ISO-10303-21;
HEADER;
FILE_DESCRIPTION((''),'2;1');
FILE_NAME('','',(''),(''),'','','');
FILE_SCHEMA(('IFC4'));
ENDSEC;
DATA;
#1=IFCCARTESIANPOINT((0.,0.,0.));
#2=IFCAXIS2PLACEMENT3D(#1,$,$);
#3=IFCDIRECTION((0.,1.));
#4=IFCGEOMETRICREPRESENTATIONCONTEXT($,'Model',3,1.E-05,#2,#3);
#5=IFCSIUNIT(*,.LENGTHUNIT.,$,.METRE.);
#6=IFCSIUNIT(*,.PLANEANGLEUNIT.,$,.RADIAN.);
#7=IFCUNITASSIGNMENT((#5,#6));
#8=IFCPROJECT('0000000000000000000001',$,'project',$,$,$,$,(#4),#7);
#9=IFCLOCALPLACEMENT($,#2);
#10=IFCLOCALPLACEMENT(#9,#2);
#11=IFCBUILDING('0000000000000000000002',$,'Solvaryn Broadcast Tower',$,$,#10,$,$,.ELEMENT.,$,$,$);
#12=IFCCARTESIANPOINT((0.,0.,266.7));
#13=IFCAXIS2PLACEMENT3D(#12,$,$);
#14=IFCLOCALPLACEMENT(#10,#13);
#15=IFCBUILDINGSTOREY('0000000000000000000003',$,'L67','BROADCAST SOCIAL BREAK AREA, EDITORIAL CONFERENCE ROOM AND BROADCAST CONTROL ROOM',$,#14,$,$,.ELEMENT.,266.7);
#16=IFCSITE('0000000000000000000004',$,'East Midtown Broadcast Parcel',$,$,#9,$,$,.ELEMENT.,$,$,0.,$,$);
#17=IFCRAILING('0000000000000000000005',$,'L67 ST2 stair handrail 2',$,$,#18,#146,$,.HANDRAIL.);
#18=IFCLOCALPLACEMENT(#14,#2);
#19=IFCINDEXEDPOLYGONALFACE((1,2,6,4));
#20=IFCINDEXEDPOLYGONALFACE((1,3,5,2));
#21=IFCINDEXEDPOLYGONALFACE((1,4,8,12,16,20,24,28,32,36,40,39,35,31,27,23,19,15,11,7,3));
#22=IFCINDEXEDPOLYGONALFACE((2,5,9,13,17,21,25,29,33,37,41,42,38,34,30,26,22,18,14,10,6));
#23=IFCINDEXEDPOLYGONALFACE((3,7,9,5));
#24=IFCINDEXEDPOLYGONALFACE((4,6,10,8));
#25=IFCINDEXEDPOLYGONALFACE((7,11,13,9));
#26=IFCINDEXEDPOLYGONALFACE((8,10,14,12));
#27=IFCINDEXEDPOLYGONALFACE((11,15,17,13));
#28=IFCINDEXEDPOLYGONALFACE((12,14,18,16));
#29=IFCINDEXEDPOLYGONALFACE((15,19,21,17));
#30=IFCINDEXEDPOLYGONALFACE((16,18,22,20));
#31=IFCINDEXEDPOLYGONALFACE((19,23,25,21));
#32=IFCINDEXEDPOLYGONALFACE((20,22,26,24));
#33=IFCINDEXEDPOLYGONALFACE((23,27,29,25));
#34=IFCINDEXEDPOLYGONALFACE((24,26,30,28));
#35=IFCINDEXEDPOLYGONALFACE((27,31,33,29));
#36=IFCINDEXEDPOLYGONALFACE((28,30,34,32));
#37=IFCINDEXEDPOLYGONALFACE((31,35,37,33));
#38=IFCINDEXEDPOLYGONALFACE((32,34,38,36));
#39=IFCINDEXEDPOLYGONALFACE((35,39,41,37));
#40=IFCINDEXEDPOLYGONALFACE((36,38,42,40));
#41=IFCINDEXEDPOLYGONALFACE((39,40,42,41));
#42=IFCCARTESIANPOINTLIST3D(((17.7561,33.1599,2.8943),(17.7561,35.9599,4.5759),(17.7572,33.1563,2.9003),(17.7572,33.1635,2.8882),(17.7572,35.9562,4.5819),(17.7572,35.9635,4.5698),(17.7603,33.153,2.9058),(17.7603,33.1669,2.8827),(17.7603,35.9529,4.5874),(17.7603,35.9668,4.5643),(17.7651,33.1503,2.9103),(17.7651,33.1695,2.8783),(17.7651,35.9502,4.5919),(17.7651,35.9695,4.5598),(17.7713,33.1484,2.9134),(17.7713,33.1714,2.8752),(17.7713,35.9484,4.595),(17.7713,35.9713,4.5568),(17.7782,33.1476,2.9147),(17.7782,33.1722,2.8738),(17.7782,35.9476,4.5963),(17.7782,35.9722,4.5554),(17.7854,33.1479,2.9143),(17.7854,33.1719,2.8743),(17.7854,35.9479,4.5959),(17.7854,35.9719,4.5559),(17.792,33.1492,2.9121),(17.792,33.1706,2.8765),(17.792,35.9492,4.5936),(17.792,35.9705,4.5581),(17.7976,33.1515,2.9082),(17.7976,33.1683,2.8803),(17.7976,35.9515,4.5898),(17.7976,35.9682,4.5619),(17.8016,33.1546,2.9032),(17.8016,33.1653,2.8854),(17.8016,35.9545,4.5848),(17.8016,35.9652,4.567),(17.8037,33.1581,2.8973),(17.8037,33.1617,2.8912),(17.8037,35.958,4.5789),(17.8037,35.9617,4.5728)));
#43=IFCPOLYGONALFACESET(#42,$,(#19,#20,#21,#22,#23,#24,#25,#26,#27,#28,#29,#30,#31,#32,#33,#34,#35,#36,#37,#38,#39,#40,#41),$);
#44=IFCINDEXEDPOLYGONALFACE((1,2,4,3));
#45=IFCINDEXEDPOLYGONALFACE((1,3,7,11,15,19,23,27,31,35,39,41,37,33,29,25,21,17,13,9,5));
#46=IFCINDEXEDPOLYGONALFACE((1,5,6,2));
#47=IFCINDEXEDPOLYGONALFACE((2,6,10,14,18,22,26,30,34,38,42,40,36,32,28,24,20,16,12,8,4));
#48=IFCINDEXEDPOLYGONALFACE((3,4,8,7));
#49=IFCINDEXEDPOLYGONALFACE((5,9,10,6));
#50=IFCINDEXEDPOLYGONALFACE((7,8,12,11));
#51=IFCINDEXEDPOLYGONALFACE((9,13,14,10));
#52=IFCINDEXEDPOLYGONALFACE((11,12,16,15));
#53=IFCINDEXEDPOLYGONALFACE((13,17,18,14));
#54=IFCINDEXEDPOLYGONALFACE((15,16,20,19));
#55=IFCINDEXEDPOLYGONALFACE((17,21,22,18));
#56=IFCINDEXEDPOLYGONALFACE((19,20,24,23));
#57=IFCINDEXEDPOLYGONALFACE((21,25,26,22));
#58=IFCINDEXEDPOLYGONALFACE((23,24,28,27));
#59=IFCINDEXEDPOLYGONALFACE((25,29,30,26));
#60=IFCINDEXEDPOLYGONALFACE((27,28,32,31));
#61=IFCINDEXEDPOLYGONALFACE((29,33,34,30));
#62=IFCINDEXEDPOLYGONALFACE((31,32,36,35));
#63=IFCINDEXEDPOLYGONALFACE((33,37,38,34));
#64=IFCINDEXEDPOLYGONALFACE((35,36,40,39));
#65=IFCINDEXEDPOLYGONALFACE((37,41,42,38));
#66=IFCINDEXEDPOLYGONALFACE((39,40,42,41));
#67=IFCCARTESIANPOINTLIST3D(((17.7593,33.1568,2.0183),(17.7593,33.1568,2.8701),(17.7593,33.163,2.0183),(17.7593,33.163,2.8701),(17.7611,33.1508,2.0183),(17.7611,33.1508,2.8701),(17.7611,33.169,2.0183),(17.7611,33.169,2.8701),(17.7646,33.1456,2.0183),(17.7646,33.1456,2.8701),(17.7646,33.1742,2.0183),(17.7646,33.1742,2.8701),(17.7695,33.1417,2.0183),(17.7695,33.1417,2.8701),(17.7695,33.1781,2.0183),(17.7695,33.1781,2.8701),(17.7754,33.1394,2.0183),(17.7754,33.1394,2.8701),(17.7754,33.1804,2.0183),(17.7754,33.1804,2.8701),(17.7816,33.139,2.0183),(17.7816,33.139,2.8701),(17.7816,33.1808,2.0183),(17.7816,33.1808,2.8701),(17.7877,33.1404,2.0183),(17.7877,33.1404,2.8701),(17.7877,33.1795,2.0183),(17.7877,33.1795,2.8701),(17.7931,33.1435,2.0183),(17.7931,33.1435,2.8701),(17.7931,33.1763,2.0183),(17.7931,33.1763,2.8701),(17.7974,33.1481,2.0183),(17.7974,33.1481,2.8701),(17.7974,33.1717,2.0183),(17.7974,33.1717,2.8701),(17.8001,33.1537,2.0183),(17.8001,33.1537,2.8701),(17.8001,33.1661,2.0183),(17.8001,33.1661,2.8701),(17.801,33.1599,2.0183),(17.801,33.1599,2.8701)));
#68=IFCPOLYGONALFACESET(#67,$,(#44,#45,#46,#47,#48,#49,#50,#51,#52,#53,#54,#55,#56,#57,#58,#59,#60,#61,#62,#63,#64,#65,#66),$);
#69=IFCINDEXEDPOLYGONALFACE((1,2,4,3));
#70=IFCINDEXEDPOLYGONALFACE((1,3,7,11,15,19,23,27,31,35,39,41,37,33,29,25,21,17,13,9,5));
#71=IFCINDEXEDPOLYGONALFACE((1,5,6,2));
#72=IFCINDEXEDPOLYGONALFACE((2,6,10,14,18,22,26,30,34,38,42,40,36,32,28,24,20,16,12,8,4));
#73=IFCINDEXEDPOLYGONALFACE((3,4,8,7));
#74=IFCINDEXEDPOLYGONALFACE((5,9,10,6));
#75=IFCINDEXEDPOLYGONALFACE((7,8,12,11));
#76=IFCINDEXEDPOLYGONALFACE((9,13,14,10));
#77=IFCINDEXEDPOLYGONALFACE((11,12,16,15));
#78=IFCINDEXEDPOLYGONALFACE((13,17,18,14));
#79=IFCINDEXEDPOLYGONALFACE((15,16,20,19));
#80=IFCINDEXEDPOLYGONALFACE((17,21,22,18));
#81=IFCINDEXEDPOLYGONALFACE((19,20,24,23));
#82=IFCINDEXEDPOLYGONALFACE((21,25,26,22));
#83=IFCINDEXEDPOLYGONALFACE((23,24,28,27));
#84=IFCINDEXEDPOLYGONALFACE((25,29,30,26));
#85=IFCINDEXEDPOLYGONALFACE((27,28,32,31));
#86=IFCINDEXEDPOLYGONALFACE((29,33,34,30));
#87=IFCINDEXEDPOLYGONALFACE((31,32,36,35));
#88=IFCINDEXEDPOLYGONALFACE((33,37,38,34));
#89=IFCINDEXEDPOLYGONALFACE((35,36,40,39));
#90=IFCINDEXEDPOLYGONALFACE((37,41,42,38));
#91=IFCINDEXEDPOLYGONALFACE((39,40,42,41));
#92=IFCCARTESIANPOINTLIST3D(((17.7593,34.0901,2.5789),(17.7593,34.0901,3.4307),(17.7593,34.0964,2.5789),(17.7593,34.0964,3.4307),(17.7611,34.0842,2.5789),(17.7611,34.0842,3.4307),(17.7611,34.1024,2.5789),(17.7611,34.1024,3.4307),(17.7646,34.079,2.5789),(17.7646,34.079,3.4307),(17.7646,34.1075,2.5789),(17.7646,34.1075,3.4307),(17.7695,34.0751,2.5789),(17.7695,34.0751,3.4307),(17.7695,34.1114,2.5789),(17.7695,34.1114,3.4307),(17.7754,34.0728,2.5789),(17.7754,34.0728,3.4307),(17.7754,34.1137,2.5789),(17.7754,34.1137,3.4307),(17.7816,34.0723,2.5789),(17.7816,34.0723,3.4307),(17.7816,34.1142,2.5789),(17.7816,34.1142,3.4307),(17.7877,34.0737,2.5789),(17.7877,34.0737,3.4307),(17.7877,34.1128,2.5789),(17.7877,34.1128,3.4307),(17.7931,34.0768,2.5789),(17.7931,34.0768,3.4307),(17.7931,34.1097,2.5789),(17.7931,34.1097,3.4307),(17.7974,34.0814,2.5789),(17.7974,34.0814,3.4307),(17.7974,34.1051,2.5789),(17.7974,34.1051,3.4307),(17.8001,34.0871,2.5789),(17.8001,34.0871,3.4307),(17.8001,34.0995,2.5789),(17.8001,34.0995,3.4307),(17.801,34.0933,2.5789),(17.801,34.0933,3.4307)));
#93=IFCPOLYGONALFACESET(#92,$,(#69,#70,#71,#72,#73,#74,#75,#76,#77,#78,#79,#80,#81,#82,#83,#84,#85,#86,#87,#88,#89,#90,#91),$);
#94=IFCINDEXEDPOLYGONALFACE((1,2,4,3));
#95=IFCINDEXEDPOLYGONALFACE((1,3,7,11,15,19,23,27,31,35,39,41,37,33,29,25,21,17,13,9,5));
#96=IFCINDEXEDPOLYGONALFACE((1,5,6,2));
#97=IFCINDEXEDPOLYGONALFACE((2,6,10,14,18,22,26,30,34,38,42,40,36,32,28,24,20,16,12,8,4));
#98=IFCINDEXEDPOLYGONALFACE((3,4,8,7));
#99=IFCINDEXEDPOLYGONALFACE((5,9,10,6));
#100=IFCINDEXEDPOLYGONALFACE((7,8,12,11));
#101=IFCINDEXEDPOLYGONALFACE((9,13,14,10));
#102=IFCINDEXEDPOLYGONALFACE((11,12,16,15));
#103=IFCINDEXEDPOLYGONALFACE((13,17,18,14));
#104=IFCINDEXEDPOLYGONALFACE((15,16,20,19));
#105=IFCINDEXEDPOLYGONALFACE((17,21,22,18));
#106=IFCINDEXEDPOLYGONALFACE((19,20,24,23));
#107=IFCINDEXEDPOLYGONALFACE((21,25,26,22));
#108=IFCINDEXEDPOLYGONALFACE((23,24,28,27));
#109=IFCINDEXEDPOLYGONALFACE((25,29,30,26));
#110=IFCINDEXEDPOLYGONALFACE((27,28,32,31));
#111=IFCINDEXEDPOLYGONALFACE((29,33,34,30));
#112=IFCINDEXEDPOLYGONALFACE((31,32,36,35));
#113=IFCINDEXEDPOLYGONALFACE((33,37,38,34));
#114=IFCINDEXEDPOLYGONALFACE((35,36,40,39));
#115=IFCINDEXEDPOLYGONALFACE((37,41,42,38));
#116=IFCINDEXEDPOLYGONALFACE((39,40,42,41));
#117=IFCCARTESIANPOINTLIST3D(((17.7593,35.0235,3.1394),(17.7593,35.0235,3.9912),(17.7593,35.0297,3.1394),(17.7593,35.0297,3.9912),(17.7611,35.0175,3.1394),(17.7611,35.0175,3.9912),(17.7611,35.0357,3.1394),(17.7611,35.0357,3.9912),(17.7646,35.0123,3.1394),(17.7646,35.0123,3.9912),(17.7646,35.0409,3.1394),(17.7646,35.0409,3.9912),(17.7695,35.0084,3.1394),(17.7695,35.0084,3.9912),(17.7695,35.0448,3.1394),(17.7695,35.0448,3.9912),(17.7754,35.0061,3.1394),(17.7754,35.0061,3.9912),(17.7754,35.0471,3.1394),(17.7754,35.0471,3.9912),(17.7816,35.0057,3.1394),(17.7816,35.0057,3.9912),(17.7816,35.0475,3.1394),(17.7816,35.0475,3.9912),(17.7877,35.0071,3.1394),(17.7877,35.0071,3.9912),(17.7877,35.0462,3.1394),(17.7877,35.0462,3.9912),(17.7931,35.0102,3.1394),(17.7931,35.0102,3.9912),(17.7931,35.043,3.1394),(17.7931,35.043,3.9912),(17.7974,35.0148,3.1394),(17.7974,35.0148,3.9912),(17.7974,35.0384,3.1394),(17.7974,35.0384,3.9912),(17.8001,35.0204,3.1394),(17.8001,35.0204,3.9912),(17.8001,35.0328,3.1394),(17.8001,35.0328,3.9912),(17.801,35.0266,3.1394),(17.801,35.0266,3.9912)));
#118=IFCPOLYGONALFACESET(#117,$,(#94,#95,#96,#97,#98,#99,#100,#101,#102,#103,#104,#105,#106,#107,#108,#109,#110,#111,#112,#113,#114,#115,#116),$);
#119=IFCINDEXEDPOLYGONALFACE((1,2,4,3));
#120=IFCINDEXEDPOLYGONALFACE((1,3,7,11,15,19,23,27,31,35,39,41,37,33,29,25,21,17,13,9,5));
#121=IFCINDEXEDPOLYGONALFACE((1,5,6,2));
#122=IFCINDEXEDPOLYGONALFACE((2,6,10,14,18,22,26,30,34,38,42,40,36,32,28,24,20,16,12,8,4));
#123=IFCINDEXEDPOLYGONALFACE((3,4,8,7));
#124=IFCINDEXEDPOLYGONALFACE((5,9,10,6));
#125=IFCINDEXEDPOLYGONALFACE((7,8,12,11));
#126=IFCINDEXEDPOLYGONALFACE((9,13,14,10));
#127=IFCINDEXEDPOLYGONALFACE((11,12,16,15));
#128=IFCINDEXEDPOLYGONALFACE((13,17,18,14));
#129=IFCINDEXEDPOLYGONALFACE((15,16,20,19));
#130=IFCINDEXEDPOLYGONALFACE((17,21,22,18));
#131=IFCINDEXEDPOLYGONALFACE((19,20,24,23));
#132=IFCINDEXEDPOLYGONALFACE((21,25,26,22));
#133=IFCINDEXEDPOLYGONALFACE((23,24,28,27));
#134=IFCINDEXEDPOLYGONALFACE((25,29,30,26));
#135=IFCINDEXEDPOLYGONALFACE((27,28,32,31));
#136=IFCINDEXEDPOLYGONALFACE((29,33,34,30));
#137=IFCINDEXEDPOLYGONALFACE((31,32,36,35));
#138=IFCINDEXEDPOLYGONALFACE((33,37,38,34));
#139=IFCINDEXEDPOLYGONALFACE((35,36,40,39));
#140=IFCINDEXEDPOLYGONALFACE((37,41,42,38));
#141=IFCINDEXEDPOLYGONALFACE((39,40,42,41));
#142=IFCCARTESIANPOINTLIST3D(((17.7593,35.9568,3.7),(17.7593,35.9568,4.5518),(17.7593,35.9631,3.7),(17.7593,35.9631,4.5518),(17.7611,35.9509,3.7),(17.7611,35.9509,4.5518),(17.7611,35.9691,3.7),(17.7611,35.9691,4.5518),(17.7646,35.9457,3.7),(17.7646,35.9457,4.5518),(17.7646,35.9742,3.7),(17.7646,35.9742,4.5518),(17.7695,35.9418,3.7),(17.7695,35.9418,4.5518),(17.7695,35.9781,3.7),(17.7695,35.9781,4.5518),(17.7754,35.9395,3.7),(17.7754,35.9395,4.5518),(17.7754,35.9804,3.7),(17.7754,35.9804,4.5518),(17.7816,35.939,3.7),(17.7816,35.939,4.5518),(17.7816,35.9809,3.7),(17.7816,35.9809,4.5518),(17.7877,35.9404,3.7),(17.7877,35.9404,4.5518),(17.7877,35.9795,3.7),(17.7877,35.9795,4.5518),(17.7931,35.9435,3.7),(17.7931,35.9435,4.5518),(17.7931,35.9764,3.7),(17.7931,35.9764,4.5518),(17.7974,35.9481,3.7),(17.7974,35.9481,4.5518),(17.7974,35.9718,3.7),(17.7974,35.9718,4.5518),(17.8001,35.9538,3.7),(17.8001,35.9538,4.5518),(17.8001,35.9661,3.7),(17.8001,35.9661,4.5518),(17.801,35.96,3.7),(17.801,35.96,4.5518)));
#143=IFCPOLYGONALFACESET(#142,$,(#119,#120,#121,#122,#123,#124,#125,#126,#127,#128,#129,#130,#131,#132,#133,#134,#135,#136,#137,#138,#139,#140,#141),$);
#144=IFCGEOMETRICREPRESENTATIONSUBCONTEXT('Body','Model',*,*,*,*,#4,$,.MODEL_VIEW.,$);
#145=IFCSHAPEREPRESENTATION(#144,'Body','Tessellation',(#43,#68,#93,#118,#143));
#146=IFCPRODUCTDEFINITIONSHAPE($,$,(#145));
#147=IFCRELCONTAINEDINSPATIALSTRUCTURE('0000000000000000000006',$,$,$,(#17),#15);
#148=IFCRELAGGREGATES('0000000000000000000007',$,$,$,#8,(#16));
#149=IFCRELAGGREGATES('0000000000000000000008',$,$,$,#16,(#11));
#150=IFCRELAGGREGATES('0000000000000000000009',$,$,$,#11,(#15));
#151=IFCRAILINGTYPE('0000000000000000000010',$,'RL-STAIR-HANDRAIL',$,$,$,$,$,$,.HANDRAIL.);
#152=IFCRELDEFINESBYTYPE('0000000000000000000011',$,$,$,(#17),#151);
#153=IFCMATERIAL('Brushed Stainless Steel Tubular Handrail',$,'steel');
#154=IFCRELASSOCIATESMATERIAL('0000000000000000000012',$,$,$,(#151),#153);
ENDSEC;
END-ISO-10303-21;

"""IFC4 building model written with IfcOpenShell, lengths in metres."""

from ifc_helpers import new_model, si_unit, direction, frame, origin, origin_2d, place, context, subcontext, project, spatial, circle, extrude, material, type_object, element, save


model = new_model("IFC4")

# Units and contexts
model_context = context("Model", 3, precision=1e-05, world=origin(), true_north=direction((0.0, 1.0)))
body_context = subcontext(model_context, "Body", "Model", "MODEL_VIEW")
ifc_project = project(units=[si_unit("LENGTHUNIT", "METRE"), si_unit("PLANEANGLEUNIT", "RADIAN")], contexts=[model_context])

# Site, building, storey
site_placement = place(None, origin())
site = spatial("IfcSite", under=ifc_project, at=site_placement, Name="East Midtown Broadcast Parcel", CompositionType="ELEMENT", RefElevation=0.0)
building_placement = place(site_placement, origin())
building = spatial("IfcBuilding", under=site, at=building_placement, Name="Solvaryn Broadcast Tower", CompositionType="ELEMENT")
storey_placement = place(building_placement, frame((0.0, 0.0, 266.7)))
storey = spatial("IfcBuildingStorey", under=building, at=storey_placement, Name="L67", Description="BROADCAST SOCIAL BREAK AREA, EDITORIAL CONFERENCE ROOM AND BROADCAST CONTROL ROOM", CompositionType="ELEMENT", Elevation=266.7)

# Railing
ifc_material_1 = material(Name="Brushed Stainless Steel Tubular Handrail", Category="steel")
railing_type_1 = type_object("IfcRailingType", Name="RL-STAIR-HANDRAIL", PredefinedType="HANDRAIL", material=ifc_material_1)
railing_1_placement = place(storey_placement, frame((17.78, 33.1599, 2.0183)))
element("IfcRailing", 1, at=railing_1_placement, inside=storey, type_object=railing_type_1, Name="L67 ST2 stair handrail 2", PredefinedType="HANDRAIL", context=body_context, shape_type="SweptSolid", body=[
    extrude(circle(Radius=0.0239, at=origin_2d()), frame((0.0, 0.0, 0.876), z_axis=(0.0, 0.857275, 0.514858), x_axis=(-1.0, 0.0, 0.0)), (0.0, 0.0, 1.0), 3.2661),
    extrude(circle(Radius=0.021, at=origin_2d()), origin(), (0.0, 0.0, 1.0), 0.8518),
    extrude(circle(Radius=0.021, at=origin_2d()), frame((0.0, 0.9333, 0.5605)), (0.0, 0.0, 1.0), 0.8518),
    extrude(circle(Radius=0.021, at=origin_2d()), frame((0.0, 1.8667, 1.1211)), (0.0, 0.0, 1.0), 0.8518),
    extrude(circle(Radius=0.021, at=origin_2d()), frame((0.0, 2.8, 1.6816)), (0.0, 0.0, 1.0), 0.8518),
])

save(model, "model.ifc")
